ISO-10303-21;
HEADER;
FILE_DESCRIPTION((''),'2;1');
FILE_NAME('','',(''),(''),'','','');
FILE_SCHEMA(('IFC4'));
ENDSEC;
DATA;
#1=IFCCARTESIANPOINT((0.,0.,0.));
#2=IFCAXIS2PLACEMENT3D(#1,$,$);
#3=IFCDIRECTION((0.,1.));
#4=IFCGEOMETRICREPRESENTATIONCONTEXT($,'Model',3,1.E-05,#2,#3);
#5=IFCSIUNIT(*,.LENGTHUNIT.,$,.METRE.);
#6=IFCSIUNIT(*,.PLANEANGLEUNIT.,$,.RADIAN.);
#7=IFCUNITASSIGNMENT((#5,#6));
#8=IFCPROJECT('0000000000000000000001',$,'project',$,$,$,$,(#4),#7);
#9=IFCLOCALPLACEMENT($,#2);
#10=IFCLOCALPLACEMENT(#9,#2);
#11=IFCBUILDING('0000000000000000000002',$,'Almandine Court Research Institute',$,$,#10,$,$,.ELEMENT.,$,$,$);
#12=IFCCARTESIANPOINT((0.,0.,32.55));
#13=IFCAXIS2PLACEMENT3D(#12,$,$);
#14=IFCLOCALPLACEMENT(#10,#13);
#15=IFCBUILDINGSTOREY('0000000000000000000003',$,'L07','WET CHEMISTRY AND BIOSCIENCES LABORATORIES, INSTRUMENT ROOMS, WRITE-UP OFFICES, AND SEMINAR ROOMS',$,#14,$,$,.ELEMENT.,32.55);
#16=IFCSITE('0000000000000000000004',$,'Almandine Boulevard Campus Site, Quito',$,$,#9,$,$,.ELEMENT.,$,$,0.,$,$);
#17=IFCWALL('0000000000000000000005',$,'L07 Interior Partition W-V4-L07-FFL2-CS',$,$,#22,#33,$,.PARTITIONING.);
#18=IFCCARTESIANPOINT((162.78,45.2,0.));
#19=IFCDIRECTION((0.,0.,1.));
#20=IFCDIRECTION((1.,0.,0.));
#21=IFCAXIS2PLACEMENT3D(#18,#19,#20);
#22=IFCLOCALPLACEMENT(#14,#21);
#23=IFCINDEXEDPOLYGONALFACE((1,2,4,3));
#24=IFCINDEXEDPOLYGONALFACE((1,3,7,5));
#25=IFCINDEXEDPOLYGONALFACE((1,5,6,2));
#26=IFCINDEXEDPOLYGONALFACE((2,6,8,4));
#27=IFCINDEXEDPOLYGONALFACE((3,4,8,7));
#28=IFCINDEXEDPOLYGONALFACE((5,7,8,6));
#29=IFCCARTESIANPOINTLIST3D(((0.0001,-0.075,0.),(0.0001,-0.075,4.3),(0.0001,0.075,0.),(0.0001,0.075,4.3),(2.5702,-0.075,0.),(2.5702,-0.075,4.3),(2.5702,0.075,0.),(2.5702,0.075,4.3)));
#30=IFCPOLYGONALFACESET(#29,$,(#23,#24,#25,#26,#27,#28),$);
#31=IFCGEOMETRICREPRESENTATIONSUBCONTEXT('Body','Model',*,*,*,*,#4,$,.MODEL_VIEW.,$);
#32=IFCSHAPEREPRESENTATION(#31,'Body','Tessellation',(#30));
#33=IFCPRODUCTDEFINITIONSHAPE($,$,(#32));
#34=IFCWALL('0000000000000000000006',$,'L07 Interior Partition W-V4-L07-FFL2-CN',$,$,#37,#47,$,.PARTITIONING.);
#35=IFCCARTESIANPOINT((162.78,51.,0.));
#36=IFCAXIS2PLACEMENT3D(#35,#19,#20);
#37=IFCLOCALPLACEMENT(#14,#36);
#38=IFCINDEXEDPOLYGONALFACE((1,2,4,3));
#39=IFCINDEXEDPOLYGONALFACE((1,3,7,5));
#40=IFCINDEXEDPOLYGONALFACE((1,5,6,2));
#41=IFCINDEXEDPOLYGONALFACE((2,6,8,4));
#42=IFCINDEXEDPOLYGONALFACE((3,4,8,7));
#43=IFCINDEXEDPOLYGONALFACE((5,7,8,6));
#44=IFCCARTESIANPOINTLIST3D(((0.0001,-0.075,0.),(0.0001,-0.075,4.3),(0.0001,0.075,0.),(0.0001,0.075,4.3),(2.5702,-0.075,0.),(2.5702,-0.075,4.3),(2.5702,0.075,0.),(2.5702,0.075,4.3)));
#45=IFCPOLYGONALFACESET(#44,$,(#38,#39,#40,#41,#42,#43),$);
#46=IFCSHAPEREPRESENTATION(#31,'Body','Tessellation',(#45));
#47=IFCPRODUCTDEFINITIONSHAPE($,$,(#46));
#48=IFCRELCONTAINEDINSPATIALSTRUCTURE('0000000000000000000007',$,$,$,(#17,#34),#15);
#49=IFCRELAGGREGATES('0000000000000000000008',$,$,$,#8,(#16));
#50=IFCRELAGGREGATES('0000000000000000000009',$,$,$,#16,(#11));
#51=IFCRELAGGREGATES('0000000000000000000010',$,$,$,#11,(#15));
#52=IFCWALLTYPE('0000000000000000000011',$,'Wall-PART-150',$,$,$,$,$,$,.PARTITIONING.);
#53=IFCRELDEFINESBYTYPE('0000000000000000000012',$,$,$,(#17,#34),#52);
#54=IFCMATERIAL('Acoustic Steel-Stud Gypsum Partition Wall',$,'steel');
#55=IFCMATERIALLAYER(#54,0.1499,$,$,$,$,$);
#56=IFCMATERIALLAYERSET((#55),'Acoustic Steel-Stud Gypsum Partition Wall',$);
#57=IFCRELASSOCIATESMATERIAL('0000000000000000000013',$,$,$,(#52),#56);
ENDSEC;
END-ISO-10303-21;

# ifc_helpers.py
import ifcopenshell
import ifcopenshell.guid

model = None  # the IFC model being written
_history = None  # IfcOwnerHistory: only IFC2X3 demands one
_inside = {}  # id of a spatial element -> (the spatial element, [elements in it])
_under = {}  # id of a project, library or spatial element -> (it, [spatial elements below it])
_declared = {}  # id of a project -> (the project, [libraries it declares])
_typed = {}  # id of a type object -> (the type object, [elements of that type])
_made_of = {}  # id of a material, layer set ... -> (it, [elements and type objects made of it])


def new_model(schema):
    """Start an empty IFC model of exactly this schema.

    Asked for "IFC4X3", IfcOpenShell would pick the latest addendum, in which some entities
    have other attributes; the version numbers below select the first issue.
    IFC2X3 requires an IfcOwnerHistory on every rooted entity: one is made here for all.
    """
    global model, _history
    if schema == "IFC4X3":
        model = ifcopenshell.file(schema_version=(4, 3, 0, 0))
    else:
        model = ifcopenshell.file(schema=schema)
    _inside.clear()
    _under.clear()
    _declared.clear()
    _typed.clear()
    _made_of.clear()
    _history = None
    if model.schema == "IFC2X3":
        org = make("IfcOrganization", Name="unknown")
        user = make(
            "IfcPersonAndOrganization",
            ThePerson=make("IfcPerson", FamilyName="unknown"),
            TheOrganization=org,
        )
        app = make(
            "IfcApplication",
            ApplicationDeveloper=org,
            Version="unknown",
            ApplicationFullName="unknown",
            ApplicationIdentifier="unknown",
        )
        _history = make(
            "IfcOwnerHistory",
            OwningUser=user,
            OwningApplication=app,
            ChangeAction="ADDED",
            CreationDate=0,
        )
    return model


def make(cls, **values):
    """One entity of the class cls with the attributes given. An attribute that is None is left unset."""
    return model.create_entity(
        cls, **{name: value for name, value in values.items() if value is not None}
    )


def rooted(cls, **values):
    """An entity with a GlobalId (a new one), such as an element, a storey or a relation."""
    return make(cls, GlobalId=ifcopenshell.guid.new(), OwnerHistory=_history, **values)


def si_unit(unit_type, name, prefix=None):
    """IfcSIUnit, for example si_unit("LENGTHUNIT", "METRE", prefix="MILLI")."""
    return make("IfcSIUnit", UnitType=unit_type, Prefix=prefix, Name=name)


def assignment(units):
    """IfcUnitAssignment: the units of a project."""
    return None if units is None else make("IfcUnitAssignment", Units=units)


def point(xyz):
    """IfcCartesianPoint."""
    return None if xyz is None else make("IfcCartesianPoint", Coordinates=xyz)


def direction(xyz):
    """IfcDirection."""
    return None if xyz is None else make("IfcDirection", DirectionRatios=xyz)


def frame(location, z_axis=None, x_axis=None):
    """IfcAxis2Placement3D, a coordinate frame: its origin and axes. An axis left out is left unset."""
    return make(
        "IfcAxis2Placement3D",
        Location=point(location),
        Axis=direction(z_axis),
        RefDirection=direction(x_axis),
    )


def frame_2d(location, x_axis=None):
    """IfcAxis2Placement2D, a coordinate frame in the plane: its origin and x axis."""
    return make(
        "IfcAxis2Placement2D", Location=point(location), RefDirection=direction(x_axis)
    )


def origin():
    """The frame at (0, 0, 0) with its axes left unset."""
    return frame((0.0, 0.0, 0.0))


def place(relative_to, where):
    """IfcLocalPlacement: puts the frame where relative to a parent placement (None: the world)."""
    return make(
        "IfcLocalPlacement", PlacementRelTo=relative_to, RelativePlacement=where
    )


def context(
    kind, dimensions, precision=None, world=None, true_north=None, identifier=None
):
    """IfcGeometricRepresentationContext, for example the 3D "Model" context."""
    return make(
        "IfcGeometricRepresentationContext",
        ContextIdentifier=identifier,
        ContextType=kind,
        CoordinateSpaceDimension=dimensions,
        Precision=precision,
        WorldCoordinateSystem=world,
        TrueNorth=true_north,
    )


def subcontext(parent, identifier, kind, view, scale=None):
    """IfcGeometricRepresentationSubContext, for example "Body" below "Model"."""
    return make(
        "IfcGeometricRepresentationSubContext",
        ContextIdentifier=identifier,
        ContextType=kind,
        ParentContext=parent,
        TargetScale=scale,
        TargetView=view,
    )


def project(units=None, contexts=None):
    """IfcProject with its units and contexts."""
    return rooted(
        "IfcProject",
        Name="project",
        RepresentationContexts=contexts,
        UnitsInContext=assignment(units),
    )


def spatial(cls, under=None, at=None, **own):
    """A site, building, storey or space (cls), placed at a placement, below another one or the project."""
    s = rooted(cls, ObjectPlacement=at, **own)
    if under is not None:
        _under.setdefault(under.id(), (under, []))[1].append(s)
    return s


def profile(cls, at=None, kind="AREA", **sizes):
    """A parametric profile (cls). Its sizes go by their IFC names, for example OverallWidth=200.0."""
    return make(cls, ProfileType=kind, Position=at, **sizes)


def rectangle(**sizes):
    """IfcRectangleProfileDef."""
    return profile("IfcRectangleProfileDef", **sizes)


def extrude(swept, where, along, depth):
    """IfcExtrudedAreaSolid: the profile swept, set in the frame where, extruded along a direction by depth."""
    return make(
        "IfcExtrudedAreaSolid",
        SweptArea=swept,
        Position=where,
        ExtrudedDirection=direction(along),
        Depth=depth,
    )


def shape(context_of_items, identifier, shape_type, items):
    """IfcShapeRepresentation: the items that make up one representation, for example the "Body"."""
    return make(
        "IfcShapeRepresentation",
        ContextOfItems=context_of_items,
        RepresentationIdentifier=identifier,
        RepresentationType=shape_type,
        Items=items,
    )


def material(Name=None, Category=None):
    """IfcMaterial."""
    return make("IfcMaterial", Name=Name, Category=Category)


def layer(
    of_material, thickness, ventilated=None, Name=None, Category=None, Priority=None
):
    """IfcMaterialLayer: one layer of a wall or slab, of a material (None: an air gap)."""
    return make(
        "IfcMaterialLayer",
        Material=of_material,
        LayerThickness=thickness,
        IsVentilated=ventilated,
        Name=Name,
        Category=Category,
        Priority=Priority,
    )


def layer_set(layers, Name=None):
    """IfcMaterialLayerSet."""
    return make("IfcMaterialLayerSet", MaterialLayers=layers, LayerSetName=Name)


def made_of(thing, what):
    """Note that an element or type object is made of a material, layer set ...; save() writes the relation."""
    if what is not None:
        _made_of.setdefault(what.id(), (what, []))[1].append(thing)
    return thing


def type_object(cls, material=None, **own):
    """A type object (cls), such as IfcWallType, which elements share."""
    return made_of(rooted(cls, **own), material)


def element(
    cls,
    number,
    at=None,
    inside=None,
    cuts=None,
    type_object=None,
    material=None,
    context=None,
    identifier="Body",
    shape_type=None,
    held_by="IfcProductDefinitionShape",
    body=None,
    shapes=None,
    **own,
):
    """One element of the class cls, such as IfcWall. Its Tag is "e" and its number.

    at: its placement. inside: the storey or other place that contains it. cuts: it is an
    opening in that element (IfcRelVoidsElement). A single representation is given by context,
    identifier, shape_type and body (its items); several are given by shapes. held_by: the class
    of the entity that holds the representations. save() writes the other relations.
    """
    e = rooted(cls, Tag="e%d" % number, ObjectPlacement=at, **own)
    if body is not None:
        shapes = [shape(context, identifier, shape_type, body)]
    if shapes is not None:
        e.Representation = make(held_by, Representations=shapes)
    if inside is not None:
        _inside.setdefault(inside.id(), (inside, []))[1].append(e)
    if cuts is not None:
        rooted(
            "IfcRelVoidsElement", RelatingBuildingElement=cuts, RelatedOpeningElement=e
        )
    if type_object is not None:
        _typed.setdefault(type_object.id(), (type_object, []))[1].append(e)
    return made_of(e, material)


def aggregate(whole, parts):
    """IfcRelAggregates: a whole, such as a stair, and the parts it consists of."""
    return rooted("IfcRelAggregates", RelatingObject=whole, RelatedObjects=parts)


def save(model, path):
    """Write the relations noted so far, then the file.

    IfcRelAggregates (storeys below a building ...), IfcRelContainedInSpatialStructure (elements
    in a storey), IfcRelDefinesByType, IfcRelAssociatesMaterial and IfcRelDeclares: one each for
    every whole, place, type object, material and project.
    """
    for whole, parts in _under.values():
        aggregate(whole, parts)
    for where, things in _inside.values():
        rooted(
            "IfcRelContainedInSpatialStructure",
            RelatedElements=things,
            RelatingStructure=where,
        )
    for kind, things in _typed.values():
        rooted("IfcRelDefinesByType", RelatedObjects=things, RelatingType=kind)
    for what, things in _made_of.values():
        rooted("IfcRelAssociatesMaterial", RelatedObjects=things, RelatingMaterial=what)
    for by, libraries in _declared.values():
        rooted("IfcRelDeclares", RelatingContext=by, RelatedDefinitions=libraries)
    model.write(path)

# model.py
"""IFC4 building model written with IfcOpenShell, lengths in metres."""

from ifc_helpers import new_model, si_unit, direction, frame, frame_2d, origin, place, context, subcontext, project, spatial, rectangle, extrude, material, layer, layer_set, type_object, element, save


model = new_model("IFC4")

# Units and contexts
model_context = context("Model", 3, precision=1e-05, world=origin(), true_north=direction((0.0, 1.0)))
body_context = subcontext(model_context, "Body", "Model", "MODEL_VIEW")
ifc_project = project(units=[si_unit("LENGTHUNIT", "METRE"), si_unit("PLANEANGLEUNIT", "RADIAN")], contexts=[model_context])

# Site, building, storey
site_placement = place(None, origin())
site = spatial("IfcSite", under=ifc_project, at=site_placement, Name="Almandine Boulevard Campus Site, Quito", CompositionType="ELEMENT", RefElevation=0.0)
building_placement = place(site_placement, origin())
building = spatial("IfcBuilding", under=site, at=building_placement, Name="Almandine Court Research Institute", CompositionType="ELEMENT")
storey_placement = place(building_placement, frame((0.0, 0.0, 32.55)))
storey = spatial("IfcBuildingStorey", under=building, at=storey_placement, Name="L07", Description="WET CHEMISTRY AND BIOSCIENCES LABORATORIES, INSTRUMENT ROOMS, WRITE-UP OFFICES, AND SEMINAR ROOMS", CompositionType="ELEMENT", Elevation=32.55)

# Shared definitions
ifc_material_1 = material(Name="Acoustic Steel-Stud Gypsum Partition Wall", Category="steel")
ifc_layer_1 = layer(ifc_material_1, 0.1499)
ifc_layer_set_1 = layer_set([ifc_layer_1], Name="Acoustic Steel-Stud Gypsum Partition Wall")
wall_type_1 = type_object("IfcWallType", Name="Wall-PART-150", PredefinedType="PARTITIONING", material=ifc_layer_set_1)

# Walls
for number, where, z_axis, x_axis, name in (
    (1, (162.78, 45.2, 0.0), (0.0, 0.0, 1.0), (1.0, 0.0, 0.0), "L07 Interior Partition W-V4-L07-FFL2-CS"),
    (2, (162.78, 51.0, 0.0), (0.0, 0.0, 1.0), (1.0, 0.0, 0.0), "L07 Interior Partition W-V4-L07-FFL2-CN"),
):
    element("IfcWall", number, at=place(storey_placement, frame(where, z_axis=z_axis, x_axis=x_axis)), inside=storey, type_object=wall_type_1, Name=name, PredefinedType="PARTITIONING", context=body_context, shape_type="SweptSolid", body=[
        extrude(rectangle(XDim=2.5701, YDim=0.1499, at=frame_2d((1.2852, 0.0))), origin(), (0.0, 0.0, 1.0), 4.3),
    ])

save(model, "model.ifc")
